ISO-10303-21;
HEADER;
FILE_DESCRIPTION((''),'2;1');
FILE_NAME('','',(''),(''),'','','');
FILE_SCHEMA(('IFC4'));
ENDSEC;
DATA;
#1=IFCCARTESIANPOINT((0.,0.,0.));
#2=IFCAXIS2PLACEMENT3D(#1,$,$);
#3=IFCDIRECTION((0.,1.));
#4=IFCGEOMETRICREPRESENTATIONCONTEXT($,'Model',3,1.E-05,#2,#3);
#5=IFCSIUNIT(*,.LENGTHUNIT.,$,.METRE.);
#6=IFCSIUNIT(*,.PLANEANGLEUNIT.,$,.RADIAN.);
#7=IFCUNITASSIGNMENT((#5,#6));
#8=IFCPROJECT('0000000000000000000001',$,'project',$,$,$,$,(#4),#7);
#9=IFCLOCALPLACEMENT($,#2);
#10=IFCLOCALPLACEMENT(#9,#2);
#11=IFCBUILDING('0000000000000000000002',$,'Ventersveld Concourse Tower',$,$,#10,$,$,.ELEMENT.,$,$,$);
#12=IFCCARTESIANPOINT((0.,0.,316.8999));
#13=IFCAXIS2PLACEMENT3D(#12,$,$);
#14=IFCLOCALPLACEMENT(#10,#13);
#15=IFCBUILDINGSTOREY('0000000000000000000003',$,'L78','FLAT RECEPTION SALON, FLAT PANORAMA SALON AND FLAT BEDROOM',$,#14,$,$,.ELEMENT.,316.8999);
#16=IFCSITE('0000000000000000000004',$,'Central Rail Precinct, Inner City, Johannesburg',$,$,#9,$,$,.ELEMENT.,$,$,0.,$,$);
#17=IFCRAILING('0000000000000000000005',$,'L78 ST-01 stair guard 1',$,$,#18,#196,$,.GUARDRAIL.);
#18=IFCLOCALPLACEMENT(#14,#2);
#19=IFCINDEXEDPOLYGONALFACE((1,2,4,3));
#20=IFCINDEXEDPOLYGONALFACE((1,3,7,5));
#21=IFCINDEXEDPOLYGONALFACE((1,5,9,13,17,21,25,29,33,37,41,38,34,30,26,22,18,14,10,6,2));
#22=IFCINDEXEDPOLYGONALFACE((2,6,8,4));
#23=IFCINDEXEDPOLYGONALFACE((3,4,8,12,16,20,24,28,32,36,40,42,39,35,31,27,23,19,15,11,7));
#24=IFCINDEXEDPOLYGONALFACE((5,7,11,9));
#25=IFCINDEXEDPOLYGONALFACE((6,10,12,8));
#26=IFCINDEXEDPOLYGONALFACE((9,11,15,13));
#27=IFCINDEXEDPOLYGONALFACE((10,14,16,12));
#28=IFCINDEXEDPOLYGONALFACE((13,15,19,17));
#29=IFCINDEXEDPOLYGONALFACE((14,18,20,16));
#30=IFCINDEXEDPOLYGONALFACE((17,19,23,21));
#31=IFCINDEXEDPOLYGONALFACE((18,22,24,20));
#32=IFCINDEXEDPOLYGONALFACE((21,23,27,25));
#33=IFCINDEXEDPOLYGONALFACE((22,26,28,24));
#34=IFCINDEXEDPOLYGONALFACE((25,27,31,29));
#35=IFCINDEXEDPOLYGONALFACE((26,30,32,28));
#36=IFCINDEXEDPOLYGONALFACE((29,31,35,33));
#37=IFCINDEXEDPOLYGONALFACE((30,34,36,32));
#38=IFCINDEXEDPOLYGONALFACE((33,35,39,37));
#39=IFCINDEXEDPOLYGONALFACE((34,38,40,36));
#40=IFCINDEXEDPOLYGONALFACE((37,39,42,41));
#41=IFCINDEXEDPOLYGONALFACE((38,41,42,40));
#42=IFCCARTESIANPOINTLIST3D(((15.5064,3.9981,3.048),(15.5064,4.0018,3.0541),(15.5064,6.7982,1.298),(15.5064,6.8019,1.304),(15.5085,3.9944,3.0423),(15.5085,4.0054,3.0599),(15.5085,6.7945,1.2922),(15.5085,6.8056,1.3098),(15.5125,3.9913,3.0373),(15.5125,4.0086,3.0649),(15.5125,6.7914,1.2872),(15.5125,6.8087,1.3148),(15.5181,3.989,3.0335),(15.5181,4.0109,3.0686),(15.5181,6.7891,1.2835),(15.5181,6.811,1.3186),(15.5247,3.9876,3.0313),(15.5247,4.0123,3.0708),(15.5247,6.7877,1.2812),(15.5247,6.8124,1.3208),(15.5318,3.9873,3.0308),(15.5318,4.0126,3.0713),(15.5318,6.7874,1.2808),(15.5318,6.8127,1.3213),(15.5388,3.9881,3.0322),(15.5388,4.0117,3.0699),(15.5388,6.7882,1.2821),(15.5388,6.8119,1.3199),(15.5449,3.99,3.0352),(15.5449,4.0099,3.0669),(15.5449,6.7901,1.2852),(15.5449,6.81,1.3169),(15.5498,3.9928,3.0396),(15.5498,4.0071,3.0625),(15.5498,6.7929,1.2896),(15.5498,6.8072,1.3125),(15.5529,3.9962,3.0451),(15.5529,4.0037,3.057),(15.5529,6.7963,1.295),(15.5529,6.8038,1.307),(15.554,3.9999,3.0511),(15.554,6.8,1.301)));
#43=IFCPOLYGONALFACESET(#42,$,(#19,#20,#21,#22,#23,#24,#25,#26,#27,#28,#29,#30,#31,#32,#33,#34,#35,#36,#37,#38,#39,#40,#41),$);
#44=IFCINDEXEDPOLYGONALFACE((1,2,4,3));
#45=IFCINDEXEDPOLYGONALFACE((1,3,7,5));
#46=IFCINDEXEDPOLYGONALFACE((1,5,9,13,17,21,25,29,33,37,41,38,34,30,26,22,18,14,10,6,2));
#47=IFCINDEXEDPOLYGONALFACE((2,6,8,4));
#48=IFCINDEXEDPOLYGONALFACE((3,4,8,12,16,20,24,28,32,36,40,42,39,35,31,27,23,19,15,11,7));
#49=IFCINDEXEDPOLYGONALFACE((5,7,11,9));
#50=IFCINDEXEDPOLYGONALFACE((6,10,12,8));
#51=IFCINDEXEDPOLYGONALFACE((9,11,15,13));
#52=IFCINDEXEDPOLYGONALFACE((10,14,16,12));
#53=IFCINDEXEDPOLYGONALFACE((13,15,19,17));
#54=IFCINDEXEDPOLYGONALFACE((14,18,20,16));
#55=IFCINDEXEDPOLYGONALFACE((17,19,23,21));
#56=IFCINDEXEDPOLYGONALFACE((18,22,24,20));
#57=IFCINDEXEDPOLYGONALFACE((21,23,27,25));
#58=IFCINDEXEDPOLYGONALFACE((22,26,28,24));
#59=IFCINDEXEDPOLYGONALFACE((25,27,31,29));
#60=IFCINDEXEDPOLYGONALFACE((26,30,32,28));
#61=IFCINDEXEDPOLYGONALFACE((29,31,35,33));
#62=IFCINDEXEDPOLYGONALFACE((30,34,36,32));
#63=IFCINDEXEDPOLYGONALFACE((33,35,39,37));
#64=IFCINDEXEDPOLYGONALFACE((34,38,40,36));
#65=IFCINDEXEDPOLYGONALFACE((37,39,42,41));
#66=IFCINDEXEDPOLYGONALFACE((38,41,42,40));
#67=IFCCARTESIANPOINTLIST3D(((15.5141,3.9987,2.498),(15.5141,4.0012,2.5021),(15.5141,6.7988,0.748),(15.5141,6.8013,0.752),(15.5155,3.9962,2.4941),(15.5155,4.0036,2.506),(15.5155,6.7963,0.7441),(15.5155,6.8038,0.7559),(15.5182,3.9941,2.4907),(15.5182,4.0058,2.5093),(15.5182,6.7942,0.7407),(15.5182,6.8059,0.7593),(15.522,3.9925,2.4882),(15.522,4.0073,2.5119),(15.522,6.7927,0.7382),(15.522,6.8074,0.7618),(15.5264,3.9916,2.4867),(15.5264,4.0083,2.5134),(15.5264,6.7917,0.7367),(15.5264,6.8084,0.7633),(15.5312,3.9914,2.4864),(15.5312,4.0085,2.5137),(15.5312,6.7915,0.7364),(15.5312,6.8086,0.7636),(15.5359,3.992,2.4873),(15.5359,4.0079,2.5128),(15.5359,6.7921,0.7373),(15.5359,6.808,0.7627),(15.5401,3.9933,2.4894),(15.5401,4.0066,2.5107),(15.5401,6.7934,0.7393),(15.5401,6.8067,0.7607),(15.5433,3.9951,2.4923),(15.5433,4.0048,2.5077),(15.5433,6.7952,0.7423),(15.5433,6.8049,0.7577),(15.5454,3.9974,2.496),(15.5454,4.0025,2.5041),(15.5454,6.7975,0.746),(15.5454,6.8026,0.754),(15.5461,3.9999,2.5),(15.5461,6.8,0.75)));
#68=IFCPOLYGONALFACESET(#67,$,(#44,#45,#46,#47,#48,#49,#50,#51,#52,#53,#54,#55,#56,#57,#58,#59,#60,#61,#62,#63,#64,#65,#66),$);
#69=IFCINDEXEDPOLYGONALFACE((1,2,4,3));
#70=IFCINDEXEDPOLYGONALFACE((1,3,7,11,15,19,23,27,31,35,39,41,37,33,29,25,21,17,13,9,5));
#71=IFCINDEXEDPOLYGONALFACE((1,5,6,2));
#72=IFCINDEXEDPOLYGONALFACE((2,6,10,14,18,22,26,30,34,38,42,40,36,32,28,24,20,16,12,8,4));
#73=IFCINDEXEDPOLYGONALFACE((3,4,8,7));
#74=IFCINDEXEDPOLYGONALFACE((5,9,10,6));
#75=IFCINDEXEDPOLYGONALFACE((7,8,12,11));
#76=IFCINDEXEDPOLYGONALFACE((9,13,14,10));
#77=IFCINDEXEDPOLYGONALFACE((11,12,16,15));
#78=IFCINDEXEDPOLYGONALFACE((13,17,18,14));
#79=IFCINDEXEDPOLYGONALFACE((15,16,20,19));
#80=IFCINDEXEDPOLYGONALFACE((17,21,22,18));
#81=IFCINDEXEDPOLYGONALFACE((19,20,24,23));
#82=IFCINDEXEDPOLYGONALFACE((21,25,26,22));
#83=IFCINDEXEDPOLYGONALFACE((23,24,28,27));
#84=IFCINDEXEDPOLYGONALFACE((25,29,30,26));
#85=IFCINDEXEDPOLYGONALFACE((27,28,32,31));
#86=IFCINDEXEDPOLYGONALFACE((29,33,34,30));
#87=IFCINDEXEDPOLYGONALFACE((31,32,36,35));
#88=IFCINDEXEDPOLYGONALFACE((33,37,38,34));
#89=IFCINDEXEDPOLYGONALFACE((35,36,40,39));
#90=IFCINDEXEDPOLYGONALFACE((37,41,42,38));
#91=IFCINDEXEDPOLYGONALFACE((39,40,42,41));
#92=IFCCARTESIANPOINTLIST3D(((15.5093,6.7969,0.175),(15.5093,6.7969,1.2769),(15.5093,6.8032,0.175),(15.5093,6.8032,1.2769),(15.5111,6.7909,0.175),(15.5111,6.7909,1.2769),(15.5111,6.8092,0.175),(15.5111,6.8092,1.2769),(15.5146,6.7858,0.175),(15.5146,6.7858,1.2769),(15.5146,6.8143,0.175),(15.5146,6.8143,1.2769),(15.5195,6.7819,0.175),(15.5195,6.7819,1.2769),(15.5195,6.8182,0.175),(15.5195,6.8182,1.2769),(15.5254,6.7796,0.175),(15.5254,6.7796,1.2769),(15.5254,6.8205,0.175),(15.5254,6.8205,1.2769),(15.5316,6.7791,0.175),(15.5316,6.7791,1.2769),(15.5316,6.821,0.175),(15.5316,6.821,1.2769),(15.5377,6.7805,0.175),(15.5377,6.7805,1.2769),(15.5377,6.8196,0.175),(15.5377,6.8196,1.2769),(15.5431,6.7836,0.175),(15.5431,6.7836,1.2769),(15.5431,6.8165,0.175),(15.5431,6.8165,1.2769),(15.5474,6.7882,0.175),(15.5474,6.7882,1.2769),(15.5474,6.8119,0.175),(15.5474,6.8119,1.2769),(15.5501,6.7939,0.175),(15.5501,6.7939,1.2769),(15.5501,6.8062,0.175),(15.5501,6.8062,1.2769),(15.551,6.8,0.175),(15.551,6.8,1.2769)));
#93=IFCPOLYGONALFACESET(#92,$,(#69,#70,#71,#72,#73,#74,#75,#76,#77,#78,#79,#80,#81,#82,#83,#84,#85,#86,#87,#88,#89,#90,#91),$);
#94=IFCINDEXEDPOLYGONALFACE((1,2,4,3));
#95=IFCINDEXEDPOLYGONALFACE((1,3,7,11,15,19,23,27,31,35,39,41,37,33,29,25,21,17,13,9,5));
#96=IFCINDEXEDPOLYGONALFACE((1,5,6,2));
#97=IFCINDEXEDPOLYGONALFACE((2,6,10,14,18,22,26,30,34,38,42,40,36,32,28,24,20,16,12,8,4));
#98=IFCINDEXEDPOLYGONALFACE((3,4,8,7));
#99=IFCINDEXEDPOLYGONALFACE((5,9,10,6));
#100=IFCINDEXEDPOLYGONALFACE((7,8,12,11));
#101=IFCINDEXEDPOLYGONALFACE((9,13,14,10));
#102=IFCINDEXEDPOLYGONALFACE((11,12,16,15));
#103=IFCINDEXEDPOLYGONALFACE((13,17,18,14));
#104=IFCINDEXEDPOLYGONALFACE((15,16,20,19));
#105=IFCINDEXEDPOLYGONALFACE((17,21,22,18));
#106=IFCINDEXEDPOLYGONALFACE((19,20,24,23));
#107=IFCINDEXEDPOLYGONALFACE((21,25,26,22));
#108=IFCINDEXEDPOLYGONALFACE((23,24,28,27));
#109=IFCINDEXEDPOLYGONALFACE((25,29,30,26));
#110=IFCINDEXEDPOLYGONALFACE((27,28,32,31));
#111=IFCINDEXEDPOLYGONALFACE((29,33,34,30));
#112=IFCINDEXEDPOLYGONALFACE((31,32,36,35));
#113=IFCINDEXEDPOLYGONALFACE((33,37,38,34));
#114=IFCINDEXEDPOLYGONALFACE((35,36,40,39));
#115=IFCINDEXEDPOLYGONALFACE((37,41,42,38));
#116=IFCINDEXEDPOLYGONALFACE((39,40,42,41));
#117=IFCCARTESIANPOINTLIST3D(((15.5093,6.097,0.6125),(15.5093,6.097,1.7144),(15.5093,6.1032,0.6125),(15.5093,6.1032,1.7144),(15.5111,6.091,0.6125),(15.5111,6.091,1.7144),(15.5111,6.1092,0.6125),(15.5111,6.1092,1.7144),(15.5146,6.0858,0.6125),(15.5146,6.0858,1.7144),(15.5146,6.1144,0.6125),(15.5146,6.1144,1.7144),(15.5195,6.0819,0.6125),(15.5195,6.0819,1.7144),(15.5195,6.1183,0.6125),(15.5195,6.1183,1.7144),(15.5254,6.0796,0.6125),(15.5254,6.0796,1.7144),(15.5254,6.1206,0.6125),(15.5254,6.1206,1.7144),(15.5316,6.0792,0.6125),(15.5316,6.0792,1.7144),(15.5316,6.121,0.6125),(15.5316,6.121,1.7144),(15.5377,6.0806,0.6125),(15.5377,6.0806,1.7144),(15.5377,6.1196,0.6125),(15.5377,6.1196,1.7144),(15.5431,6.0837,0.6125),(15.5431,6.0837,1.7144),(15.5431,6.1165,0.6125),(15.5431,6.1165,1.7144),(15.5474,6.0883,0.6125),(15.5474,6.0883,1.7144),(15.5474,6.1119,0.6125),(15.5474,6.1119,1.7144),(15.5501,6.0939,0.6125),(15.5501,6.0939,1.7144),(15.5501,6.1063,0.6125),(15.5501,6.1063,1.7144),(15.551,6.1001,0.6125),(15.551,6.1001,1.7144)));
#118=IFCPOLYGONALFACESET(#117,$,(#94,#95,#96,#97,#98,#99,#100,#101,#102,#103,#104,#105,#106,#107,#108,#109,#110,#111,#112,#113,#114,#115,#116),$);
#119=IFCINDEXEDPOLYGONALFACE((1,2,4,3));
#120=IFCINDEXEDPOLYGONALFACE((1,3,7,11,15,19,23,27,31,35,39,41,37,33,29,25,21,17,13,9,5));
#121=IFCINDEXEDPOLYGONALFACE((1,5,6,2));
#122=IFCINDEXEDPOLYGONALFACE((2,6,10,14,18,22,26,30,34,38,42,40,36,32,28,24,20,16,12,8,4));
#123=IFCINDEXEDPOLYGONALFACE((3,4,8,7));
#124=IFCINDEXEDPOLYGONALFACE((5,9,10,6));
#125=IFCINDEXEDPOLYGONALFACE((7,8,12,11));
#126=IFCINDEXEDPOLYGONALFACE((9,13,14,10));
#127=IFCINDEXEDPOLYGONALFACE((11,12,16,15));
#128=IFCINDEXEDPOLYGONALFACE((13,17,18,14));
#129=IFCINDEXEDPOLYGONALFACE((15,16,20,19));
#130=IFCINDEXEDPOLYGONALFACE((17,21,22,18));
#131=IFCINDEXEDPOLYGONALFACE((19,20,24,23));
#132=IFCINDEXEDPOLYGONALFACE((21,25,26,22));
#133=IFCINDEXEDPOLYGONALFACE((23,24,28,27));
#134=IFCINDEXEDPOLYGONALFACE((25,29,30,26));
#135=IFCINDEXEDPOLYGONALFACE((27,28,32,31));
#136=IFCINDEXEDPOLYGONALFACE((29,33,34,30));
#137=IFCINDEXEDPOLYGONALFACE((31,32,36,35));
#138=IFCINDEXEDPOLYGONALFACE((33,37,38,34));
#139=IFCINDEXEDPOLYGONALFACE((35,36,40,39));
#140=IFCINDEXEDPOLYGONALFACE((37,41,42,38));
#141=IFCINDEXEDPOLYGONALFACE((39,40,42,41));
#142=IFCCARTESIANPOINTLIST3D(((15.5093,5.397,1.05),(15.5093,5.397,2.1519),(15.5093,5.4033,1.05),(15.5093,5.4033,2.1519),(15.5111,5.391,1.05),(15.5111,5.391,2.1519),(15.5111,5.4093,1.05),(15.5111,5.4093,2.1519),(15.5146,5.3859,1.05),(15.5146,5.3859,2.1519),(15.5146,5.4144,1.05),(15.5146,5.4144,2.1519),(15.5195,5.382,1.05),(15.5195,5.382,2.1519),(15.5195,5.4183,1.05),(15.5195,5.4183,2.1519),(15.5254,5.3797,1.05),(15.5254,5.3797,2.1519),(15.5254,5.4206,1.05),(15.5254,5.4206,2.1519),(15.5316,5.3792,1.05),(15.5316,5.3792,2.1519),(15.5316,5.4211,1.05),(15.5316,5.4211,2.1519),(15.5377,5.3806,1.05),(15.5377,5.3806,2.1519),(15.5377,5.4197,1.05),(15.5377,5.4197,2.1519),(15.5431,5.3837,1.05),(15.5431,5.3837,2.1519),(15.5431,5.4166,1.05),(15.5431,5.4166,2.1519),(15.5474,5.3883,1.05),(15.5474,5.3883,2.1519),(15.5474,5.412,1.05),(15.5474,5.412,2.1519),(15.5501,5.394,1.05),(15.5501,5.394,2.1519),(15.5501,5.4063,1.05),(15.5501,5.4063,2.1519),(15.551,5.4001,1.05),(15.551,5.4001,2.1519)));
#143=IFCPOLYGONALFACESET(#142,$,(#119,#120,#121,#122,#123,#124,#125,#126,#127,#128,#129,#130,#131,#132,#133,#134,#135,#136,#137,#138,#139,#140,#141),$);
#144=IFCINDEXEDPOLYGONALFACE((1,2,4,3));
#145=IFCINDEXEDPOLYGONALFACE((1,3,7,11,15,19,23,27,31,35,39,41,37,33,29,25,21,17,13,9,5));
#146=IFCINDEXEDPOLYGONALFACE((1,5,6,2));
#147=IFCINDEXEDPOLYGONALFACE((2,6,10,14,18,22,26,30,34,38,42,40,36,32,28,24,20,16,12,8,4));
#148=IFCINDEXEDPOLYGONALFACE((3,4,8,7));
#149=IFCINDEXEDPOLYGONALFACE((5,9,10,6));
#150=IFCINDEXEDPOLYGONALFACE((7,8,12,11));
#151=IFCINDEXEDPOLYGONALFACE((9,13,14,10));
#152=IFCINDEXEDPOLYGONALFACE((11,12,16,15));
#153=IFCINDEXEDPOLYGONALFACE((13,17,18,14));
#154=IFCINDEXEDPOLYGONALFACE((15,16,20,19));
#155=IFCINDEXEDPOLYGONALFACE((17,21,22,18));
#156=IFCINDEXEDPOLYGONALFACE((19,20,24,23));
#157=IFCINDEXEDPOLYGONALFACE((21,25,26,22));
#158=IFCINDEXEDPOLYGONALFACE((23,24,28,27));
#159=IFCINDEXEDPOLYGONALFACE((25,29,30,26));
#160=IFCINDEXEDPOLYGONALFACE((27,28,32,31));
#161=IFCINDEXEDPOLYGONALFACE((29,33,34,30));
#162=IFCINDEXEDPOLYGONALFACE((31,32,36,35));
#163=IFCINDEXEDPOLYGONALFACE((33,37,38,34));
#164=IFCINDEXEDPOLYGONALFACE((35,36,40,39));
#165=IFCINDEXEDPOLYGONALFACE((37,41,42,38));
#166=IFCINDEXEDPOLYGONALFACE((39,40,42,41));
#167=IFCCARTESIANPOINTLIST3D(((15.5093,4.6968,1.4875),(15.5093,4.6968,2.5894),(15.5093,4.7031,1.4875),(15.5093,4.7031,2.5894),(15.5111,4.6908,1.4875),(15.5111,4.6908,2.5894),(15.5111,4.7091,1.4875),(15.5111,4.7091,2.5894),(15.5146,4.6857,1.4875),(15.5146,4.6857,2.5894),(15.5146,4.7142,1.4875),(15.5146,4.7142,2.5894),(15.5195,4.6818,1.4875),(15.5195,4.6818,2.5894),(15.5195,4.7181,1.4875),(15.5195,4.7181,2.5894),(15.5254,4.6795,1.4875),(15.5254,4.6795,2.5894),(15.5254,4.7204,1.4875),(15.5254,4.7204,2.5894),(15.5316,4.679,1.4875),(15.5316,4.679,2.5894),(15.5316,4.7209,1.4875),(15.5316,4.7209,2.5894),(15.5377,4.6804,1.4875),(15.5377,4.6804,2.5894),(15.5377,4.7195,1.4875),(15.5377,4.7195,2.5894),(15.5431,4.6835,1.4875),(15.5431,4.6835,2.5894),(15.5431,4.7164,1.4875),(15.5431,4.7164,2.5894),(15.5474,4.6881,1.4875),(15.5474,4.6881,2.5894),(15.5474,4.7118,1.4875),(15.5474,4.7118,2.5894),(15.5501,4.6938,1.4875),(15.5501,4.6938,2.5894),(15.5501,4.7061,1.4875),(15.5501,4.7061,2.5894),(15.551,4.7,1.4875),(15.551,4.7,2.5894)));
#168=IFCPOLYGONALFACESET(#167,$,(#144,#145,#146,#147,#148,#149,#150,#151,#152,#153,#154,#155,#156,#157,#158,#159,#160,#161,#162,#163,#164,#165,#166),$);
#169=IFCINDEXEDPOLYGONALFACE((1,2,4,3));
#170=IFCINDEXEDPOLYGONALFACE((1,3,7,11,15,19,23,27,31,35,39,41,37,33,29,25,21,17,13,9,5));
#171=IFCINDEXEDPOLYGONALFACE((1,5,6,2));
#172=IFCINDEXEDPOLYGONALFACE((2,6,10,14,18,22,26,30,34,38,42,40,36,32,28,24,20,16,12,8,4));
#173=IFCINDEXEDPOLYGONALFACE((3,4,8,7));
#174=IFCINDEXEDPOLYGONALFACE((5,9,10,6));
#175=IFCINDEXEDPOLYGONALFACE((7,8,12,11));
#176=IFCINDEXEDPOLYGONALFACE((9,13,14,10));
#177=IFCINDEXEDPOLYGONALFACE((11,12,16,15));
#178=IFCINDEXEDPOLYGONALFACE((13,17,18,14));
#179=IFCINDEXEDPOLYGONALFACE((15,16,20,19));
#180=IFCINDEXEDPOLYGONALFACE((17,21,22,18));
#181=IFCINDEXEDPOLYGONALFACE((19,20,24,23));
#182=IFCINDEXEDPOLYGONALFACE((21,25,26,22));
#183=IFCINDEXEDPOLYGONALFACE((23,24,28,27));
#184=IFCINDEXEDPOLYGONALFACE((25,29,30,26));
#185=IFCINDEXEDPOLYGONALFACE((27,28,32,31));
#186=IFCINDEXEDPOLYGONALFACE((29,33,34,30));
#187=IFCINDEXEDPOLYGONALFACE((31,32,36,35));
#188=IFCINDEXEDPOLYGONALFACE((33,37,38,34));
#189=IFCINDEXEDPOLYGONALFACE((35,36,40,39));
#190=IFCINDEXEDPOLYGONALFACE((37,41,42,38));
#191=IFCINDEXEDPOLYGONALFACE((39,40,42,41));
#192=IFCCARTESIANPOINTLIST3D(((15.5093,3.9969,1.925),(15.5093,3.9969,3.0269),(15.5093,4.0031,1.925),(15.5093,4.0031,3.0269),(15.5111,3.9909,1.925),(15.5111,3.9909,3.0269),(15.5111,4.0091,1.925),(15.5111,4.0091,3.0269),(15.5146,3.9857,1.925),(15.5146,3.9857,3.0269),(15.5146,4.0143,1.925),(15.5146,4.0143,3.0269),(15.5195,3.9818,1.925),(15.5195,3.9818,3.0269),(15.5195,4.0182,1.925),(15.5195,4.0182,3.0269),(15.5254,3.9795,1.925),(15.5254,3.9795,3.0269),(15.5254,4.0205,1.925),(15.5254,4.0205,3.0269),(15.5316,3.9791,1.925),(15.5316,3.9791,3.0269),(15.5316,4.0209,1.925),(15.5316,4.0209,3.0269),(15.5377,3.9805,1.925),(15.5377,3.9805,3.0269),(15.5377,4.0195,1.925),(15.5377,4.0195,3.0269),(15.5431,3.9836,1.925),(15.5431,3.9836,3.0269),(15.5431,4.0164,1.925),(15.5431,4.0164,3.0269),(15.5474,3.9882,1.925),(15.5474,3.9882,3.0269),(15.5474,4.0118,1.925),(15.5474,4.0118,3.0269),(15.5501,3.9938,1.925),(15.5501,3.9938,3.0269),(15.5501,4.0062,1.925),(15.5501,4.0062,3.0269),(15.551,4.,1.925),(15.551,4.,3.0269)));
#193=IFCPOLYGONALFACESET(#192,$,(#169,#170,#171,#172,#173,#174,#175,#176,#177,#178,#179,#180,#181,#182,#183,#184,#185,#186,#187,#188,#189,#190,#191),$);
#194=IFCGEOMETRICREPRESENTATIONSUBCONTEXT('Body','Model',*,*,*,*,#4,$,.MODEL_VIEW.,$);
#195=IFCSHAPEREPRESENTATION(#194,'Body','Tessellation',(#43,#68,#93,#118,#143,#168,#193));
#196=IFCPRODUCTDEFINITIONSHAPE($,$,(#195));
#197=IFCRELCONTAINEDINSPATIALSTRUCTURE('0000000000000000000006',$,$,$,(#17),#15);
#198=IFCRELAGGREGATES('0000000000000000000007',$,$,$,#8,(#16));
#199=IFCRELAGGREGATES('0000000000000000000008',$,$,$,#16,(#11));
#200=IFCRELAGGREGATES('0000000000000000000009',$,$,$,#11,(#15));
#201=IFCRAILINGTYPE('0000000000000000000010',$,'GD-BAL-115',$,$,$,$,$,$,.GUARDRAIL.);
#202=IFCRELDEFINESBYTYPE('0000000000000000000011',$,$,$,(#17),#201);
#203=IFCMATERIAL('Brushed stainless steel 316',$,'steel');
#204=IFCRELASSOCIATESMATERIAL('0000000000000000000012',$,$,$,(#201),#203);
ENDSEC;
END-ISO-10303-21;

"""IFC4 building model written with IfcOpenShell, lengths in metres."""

from ifc_helpers import new_model, si_unit, direction, frame, origin, origin_2d, place, context, subcontext, project, spatial, circle, extrude, material, type_object, element, save


model = new_model("IFC4")

# Units and contexts
model_context = context("Model", 3, precision=1e-05, world=origin(), true_north=direction((0.0, 1.0)))
body_context = subcontext(model_context, "Body", "Model", "MODEL_VIEW")
ifc_project = project(units=[si_unit("LENGTHUNIT", "METRE"), si_unit("PLANEANGLEUNIT", "RADIAN")], contexts=[model_context])

# Site, building, storey
site_placement = place(None, origin())
site = spatial("IfcSite", under=ifc_project, at=site_placement, Name="Central Rail Precinct, Inner City, Johannesburg", CompositionType="ELEMENT", RefElevation=0.0)
building_placement = place(site_placement, origin())
building = spatial("IfcBuilding", under=site, at=building_placement, Name="Ventersveld Concourse Tower", CompositionType="ELEMENT")
storey_placement = place(building_placement, frame((0.0, 0.0, 316.8999)))
storey = spatial("IfcBuildingStorey", under=building, at=storey_placement, Name="L78", Description="FLAT RECEPTION SALON, FLAT PANORAMA SALON AND FLAT BEDROOM", CompositionType="ELEMENT", Elevation=316.8999)

# Railing
ifc_material_1 = material(Name="Brushed stainless steel 316", Category="steel")
railing_type_1 = type_object("IfcRailingType", Name="GD-BAL-115", PredefinedType="GUARDRAIL", material=ifc_material_1)
railing_1_placement = place(storey_placement, frame((15.53, 6.8, 0.175)))
element("IfcRailing", 1, at=railing_1_placement, inside=storey, type_object=railing_type_1, Name="L78 ST-01 stair guard 1", PredefinedType="GUARDRAIL", context=body_context, shape_type="SweptSolid", body=[
    extrude(circle(Radius=0.0239, at=origin_2d()), frame((0.0, 0.0, 1.126), z_axis=(0.0, -0.848002, 0.529992), x_axis=(1.0, 0.0, 0.0)), (0.0, 0.0, 1.0), 3.302),
    extrude(circle(Radius=0.0161, at=origin_2d()), frame((0.0, 0.0, 0.575), z_axis=(0.0, -0.848002, 0.529992), x_axis=(1.0, 0.0, 0.0)), (0.0, 0.0, 1.0), 3.302),
    extrude(circle(Radius=0.021, at=origin_2d()), origin(), (0.0, 0.0, 1.0), 1.1018),
    extrude(circle(Radius=0.021, at=origin_2d()), frame((0.0, -0.7, 0.4375)), (0.0, 0.0, 1.0), 1.1018),
    extrude(circle(Radius=0.021, at=origin_2d()), frame((0.0, -1.3999, 0.875)), (0.0, 0.0, 1.0), 1.1018),
    extrude(circle(Radius=0.021, at=origin_2d()), frame((0.0, -2.1001, 1.3125)), (0.0, 0.0, 1.0), 1.1018),
    extrude(circle(Radius=0.021, at=origin_2d()), frame((0.0, -2.8, 1.75)), (0.0, 0.0, 1.0), 1.1018),
])

save(model, "model.ifc")
